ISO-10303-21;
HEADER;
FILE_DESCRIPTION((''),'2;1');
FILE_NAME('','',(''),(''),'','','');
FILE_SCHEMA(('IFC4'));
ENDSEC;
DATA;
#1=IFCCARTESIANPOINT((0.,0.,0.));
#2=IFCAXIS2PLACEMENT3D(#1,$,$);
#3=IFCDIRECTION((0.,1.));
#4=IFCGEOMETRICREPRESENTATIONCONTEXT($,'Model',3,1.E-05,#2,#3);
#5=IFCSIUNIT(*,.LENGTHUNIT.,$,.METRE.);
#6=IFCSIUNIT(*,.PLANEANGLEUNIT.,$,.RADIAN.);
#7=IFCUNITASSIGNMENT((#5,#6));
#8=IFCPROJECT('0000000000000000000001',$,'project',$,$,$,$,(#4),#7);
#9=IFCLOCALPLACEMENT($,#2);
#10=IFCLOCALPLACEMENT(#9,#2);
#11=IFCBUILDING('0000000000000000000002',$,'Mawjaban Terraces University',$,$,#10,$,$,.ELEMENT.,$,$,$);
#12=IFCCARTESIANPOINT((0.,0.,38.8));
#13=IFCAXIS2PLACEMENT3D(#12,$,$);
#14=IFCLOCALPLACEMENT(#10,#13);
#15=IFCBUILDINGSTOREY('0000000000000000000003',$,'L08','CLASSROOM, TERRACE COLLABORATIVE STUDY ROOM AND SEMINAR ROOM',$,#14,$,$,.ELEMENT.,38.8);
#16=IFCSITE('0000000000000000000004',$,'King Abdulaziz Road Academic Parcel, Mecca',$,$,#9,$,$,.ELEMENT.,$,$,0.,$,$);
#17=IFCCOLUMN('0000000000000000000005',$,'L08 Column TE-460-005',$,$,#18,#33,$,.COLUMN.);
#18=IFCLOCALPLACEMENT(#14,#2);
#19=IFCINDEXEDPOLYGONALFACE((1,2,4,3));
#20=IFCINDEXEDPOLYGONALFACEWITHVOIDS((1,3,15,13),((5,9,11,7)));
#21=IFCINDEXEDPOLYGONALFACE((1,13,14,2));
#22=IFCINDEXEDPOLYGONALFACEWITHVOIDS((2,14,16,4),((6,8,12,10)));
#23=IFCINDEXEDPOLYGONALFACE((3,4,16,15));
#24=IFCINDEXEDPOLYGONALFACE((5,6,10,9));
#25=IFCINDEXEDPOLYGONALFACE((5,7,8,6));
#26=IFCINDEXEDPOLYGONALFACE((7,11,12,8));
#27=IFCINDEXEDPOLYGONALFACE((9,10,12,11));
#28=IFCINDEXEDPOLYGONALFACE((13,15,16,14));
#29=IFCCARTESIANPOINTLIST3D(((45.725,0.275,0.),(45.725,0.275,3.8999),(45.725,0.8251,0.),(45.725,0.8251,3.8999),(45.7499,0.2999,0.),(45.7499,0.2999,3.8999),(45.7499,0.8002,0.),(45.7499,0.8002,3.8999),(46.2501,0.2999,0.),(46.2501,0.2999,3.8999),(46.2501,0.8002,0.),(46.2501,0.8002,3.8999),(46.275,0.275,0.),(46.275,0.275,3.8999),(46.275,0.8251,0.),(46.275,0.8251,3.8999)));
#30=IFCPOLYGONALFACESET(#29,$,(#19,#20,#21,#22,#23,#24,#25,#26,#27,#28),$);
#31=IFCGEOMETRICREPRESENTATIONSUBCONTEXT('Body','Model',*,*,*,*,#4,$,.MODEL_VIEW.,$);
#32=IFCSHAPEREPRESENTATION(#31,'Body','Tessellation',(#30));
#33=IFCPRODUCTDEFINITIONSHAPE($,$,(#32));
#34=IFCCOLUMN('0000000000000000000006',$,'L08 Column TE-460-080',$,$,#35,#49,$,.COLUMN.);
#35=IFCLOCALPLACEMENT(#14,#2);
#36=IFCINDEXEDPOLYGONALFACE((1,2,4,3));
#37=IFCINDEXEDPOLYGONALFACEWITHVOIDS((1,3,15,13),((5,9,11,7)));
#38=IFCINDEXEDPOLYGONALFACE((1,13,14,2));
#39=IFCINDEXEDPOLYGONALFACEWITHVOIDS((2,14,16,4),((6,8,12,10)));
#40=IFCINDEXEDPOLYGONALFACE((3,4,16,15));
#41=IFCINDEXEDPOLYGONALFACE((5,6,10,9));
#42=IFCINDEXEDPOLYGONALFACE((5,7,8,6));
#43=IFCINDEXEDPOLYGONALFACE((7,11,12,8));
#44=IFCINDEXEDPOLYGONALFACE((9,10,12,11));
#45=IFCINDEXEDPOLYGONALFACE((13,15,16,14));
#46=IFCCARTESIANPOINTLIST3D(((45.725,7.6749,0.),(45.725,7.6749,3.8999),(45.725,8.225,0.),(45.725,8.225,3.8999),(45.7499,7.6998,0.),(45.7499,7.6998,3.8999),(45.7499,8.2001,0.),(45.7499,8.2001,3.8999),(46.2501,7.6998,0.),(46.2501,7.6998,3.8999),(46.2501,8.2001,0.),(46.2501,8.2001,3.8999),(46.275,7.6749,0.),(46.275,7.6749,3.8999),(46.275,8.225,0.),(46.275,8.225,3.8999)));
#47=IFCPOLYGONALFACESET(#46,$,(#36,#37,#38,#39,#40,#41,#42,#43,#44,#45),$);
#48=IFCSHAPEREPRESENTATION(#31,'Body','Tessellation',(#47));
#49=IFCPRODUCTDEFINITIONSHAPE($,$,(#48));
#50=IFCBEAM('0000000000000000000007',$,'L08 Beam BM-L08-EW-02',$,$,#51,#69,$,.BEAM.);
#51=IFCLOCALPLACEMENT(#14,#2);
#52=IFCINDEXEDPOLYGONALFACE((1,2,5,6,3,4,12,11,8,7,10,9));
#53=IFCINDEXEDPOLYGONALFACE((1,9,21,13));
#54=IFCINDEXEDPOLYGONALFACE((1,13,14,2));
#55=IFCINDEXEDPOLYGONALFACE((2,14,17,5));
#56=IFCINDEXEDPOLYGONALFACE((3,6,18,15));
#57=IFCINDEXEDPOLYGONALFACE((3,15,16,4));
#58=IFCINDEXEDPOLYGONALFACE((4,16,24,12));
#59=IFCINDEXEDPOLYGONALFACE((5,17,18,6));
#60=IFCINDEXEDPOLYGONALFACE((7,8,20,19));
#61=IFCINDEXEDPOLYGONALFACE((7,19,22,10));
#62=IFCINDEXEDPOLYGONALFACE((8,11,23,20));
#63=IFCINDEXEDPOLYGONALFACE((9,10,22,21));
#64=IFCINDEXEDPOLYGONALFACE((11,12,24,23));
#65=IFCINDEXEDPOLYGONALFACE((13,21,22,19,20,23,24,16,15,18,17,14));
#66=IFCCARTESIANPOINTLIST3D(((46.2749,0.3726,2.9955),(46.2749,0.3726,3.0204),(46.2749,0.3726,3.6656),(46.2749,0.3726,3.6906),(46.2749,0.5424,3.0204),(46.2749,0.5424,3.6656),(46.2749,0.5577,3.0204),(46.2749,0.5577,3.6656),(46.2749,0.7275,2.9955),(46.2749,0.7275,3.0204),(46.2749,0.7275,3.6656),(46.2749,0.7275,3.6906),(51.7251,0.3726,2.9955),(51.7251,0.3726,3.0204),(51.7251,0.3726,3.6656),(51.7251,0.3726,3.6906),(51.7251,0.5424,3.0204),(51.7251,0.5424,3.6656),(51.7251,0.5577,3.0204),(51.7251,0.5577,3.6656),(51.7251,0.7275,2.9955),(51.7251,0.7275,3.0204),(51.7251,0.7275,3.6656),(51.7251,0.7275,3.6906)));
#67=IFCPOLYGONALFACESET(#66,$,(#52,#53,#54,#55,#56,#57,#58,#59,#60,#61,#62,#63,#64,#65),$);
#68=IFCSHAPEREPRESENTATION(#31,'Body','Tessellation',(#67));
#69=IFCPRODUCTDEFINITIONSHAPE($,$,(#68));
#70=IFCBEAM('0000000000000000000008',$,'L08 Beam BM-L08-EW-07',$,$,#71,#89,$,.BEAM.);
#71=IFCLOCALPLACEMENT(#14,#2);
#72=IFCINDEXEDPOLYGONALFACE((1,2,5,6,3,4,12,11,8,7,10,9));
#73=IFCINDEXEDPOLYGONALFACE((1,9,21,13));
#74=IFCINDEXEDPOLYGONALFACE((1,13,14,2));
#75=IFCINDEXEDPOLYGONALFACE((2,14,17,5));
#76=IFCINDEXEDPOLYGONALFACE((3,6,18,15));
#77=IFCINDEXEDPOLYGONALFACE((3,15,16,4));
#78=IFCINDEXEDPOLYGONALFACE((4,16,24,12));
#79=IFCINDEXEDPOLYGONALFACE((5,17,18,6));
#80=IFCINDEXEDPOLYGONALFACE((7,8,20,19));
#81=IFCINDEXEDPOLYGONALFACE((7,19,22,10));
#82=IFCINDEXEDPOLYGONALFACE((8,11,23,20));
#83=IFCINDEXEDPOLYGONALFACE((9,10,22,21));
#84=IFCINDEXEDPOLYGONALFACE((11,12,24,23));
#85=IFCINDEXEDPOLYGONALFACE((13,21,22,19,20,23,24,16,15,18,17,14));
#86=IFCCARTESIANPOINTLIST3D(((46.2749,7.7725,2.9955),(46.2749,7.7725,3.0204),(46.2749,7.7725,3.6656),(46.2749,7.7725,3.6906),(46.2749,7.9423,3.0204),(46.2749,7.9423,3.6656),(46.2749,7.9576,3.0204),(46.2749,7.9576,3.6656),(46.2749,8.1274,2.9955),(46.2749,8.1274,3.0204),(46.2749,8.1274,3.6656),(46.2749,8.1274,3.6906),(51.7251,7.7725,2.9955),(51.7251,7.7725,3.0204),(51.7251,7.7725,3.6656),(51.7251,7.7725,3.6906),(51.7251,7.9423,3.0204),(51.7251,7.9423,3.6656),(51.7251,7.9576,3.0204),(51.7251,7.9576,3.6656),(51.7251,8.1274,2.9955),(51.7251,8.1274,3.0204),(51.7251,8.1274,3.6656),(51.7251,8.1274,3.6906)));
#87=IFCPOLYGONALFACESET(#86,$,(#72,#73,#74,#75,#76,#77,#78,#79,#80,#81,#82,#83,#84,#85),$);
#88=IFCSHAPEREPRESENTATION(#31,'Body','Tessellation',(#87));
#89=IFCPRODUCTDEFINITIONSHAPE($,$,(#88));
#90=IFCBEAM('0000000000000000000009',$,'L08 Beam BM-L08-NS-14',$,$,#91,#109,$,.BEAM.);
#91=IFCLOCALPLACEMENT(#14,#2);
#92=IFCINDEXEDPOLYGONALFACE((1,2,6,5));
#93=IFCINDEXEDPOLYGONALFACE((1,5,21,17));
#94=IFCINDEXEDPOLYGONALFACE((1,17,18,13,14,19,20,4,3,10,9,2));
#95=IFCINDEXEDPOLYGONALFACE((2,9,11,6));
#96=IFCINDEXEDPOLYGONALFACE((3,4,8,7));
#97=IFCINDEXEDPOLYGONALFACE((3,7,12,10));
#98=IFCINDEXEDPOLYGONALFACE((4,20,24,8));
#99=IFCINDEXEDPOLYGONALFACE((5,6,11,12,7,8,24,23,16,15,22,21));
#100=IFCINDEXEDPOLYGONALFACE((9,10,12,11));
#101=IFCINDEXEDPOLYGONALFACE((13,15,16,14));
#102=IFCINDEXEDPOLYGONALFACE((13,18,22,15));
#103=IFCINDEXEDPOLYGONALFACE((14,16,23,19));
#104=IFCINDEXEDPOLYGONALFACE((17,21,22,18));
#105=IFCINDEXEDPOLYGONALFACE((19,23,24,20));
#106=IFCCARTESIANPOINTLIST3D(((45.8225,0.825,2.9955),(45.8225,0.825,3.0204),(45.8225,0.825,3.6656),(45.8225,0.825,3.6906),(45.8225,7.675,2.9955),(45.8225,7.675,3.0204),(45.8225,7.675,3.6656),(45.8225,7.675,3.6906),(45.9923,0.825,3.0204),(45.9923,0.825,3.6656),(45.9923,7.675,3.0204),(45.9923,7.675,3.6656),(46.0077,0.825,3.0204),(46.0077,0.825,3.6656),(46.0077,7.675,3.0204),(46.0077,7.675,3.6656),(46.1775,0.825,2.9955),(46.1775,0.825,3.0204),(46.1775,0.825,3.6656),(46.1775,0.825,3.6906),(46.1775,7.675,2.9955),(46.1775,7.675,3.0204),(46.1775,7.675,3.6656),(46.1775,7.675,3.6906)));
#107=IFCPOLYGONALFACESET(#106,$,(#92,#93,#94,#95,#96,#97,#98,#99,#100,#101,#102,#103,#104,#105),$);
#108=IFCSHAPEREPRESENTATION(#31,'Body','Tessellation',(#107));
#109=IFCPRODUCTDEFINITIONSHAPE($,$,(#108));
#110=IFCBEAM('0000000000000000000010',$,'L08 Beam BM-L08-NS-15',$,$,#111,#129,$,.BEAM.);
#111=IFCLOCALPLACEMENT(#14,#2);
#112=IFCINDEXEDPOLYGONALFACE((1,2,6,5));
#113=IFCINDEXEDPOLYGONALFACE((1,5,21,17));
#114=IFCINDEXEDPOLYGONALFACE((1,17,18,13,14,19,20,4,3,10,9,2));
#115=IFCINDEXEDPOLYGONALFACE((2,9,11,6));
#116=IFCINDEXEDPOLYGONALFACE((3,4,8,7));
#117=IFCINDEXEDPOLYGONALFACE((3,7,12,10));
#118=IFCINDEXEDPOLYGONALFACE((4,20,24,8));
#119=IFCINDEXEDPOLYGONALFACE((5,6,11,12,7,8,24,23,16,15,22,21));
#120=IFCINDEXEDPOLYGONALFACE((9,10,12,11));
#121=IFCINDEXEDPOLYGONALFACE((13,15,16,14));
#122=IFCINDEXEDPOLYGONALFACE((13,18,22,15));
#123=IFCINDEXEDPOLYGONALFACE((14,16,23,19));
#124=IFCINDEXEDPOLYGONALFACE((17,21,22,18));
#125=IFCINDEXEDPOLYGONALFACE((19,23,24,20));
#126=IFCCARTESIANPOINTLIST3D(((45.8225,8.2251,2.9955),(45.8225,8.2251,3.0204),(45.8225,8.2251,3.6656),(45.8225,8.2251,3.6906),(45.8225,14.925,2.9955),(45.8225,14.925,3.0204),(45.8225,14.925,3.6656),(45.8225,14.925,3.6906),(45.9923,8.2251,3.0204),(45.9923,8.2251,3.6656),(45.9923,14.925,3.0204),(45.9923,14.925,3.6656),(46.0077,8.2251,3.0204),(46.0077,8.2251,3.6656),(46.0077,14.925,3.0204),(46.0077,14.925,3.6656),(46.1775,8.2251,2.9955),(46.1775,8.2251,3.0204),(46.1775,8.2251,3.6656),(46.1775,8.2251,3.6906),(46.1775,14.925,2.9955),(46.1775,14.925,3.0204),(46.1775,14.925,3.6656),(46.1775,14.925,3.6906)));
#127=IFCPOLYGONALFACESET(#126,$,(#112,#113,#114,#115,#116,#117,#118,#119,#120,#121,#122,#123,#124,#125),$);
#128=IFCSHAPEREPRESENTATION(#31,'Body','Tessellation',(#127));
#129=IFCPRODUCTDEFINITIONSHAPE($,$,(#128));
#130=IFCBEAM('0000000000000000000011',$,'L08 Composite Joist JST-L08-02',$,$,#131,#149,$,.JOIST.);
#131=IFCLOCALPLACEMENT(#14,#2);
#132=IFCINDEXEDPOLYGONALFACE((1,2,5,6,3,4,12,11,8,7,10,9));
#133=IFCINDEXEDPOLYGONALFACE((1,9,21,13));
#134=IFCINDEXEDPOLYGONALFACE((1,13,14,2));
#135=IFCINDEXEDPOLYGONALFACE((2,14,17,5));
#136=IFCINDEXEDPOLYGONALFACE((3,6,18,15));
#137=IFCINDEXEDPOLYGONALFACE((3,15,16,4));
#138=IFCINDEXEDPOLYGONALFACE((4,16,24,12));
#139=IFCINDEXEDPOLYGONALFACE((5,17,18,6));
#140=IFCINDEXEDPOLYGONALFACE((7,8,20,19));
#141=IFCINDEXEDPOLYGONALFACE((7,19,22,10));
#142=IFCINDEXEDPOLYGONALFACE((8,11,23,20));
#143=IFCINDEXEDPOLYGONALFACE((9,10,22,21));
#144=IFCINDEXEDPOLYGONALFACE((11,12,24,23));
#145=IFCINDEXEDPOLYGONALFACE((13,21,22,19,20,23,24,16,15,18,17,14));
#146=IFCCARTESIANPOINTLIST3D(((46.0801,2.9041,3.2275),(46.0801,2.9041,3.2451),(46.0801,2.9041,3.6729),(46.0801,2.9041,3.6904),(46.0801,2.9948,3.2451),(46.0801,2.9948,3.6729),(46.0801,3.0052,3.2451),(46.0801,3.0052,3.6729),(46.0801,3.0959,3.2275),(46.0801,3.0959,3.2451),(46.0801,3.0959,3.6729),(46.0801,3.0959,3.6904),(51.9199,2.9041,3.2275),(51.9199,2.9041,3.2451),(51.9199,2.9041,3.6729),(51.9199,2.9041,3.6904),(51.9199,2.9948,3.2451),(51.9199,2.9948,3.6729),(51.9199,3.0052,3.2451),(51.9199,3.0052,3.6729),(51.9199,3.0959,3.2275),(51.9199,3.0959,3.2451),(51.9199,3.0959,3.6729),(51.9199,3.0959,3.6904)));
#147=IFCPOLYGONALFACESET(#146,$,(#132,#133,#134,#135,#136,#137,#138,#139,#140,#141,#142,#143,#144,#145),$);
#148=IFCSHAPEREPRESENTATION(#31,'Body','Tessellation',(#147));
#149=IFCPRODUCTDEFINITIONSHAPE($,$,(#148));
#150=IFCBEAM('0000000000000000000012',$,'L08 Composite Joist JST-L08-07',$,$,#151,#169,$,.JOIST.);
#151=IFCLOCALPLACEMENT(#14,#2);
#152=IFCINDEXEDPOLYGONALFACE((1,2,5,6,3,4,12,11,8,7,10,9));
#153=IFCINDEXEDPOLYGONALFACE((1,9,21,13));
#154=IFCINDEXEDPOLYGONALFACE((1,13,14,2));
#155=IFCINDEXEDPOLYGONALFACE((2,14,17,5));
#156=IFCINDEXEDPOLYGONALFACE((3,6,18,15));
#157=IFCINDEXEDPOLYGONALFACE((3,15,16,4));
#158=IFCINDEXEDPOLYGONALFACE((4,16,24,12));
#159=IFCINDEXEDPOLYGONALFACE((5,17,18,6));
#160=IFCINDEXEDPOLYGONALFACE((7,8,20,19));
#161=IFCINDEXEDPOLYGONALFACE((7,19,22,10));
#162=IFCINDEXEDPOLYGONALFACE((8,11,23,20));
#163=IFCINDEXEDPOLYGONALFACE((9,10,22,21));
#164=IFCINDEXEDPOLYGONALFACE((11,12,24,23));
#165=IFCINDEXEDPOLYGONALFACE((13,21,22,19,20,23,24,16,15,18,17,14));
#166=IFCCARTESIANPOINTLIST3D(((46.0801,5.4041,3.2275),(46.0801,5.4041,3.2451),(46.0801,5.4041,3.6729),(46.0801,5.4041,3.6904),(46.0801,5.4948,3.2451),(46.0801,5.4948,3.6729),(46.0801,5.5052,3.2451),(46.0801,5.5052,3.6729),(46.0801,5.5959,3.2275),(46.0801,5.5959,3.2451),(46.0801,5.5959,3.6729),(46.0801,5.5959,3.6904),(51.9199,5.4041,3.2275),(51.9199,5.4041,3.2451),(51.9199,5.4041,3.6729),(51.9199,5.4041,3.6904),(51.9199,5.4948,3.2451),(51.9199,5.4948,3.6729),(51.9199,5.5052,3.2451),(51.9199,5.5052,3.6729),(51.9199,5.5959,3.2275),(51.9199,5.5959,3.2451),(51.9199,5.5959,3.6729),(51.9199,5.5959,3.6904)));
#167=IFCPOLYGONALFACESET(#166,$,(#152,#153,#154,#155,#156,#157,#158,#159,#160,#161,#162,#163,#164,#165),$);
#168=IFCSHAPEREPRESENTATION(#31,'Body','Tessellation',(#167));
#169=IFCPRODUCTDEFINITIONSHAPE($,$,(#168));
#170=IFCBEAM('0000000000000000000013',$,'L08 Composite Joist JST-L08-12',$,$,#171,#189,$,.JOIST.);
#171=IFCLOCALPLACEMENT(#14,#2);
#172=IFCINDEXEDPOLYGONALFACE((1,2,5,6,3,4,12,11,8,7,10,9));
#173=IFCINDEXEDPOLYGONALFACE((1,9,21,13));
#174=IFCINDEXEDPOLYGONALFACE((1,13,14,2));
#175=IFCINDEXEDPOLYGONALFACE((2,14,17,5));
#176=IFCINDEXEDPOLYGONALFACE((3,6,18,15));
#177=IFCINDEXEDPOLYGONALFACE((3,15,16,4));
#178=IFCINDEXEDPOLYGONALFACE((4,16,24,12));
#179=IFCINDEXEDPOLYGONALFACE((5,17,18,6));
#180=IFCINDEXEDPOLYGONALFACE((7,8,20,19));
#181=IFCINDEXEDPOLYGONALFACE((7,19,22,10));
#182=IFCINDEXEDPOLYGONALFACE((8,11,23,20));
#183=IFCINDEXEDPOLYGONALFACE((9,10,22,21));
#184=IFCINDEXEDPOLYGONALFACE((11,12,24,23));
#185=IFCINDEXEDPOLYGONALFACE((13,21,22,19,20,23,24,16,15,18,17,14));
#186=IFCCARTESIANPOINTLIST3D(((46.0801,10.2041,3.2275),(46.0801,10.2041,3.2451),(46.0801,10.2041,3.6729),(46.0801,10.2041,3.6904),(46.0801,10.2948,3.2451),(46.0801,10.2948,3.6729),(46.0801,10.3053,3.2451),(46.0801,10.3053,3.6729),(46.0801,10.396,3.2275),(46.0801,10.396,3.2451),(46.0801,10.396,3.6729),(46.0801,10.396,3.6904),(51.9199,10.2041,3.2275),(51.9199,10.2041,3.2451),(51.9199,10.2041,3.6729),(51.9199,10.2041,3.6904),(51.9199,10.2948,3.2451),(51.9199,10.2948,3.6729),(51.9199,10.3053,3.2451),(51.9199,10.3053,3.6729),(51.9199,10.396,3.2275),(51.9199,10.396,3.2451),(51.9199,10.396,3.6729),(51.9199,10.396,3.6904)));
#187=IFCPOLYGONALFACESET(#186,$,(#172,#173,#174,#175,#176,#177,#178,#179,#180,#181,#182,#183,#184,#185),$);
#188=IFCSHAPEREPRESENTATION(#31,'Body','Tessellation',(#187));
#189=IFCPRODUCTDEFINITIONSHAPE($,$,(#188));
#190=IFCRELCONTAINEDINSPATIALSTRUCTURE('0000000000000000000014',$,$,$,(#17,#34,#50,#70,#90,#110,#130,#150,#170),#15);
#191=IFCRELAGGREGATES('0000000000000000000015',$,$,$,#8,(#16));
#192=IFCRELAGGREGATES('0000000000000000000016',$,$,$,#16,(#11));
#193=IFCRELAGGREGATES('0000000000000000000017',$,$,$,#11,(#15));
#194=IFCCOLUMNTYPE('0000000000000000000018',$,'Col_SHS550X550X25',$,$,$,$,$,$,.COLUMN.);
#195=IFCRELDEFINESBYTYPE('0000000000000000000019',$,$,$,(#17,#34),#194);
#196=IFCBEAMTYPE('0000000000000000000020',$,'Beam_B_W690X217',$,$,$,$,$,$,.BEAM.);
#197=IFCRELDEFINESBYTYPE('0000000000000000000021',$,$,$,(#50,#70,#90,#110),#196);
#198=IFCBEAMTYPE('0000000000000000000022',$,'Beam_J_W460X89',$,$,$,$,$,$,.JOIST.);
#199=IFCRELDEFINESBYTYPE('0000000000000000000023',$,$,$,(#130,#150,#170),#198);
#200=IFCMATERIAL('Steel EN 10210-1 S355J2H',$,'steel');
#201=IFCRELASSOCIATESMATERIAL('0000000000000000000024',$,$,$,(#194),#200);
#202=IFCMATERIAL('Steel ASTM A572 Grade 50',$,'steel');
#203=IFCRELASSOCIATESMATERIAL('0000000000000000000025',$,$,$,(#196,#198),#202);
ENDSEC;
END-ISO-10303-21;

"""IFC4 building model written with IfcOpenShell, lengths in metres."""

from ifc_helpers import new_model, si_unit, direction, frame, origin, origin_2d, place, context, subcontext, project, spatial, hollow_rectangle, i_section, extrude, material, material_profile, profile_set, type_object, element, save


model = new_model("IFC4")

# Units and contexts
model_context = context("Model", 3, precision=1e-05, world=origin(), true_north=direction((0.0, 1.0)))
body_context = subcontext(model_context, "Body", "Model", "MODEL_VIEW")
ifc_project = project(units=[si_unit("LENGTHUNIT", "METRE"), si_unit("PLANEANGLEUNIT", "RADIAN")], contexts=[model_context])

# Site, building, storey
site_placement = place(None, origin())
site = spatial("IfcSite", under=ifc_project, at=site_placement, Name="King Abdulaziz Road Academic Parcel, Mecca", CompositionType="ELEMENT", RefElevation=0.0)
building_placement = place(site_placement, origin())
building = spatial("IfcBuilding", under=site, at=building_placement, Name="Mawjaban Terraces University", CompositionType="ELEMENT")
storey_placement = place(building_placement, frame((0.0, 0.0, 38.8)))
storey = spatial("IfcBuildingStorey", under=building, at=storey_placement, Name="L08", Description="CLASSROOM, TERRACE COLLABORATIVE STUDY ROOM AND SEMINAR ROOM", CompositionType="ELEMENT", Elevation=38.8)

# Columns
ifc_material_1 = material(Name="Steel EN 10210-1 S355J2H", Category="steel")
ifc_material_profile_1 = material_profile(ifc_material_1, hollow_rectangle(XDim=0.55, YDim=0.55, WallThickness=0.0249, at=origin_2d()), Name="SHS550X550X25")
ifc_profile_set_1 = profile_set([ifc_material_profile_1], Name="Steel EN 10210-1 S355J2H")
column_type = type_object("IfcColumnType", Name="Col_SHS550X550X25", PredefinedType="COLUMN", material=ifc_profile_set_1)
for number, where, z_axis, x_axis, name in (
    (1, (46.0, 0.55, 0.0), (0.0, 0.0, 1.0), (1.0, 0.0, 0.0), "L08 Column TE-460-005"),
    (2, (46.0, 7.95, 0.0), (0.0, 0.0, 1.0), (1.0, 0.0, 0.0), "L08 Column TE-460-080"),
):
    element("IfcColumn", number, at=place(storey_placement, frame(where, z_axis=z_axis, x_axis=x_axis)), inside=storey, type_object=column_type, Name=name, PredefinedType="COLUMN", context=body_context, shape_type="SweptSolid", body=[
        extrude(hollow_rectangle(XDim=0.55, YDim=0.55, WallThickness=0.0249, at=origin_2d()), origin(), (0.0, 0.0, 1.0), 3.8999),
    ])

# Beams
ifc_material_2 = material(Name="Steel ASTM A572 Grade 50", Category="steel")
ifc_material_profile_2 = material_profile(ifc_material_2, i_section(OverallWidth=0.355, OverallDepth=0.6951, WebThickness=0.0154, FlangeThickness=0.0249, at=origin_2d()), Name="W690X217")
ifc_profile_set_2 = profile_set([ifc_material_profile_2], Name="Steel ASTM A572 Grade 50")
beam_type_1 = type_object("IfcBeamType", Name="Beam_B_W690X217", PredefinedType="BEAM", material=ifc_profile_set_2)
for number, where, z_axis, x_axis, name in (
    (3, (46.2749, 0.55, 3.343), (1.0, 0.0, 0.0), (0.0, 1.0, 0.0), "L08 Beam BM-L08-EW-02"),
    (4, (46.2749, 7.95, 3.343), (1.0, 0.0, 0.0), (0.0, 1.0, 0.0), "L08 Beam BM-L08-EW-07"),
):
    element("IfcBeam", number, at=place(storey_placement, frame(where, z_axis=z_axis, x_axis=x_axis)), inside=storey, type_object=beam_type_1, Name=name, PredefinedType="BEAM", context=body_context, shape_type="SweptSolid", body=[
        extrude(i_section(OverallWidth=0.355, OverallDepth=0.6951, WebThickness=0.0154, FlangeThickness=0.0249, at=origin_2d()), origin(), (0.0, 0.0, 1.0), 5.4502),
    ])
beam_1_placement = place(storey_placement, frame((46.0, 0.825, 3.343), z_axis=(0.0, 1.0, 0.0), x_axis=(-1.0, 0.0, 0.0)))
element("IfcBeam", 5, at=beam_1_placement, inside=storey, type_object=beam_type_1, Name="L08 Beam BM-L08-NS-14", PredefinedType="BEAM", context=body_context, shape_type="SweptSolid", body=[
    extrude(i_section(OverallWidth=0.355, OverallDepth=0.6951, WebThickness=0.0154, FlangeThickness=0.0249, at=origin_2d()), origin(), (0.0, 0.0, 1.0), 6.8501),
])
beam_2_placement = place(storey_placement, frame((46.0, 8.2251, 3.343), z_axis=(0.0, 1.0, 0.0), x_axis=(-1.0, 0.0, 0.0)))
element("IfcBeam", 6, at=beam_2_placement, inside=storey, type_object=beam_type_1, Name="L08 Beam BM-L08-NS-15", PredefinedType="BEAM", context=body_context, shape_type="SweptSolid", body=[
    extrude(i_section(OverallWidth=0.355, OverallDepth=0.6951, WebThickness=0.0154, FlangeThickness=0.0249, at=origin_2d()), origin(), (0.0, 0.0, 1.0), 6.7),
])
ifc_material_profile_3 = material_profile(ifc_material_2, i_section(OverallWidth=0.1919, OverallDepth=0.4629, WebThickness=0.0105, FlangeThickness=0.0176, at=origin_2d()), Name="W460X89")
ifc_profile_set_3 = profile_set([ifc_material_profile_3], Name="Steel ASTM A572 Grade 50")
beam_type_2 = type_object("IfcBeamType", Name="Beam_J_W460X89", PredefinedType="JOIST", material=ifc_profile_set_3)
for number, where, z_axis, x_axis, name in (
    (7, (46.0801, 3.0, 3.459), (1.0, 0.0, 0.0), (0.0, 1.0, 0.0), "L08 Composite Joist JST-L08-02"),
    (8, (46.0801, 5.5, 3.459), (1.0, 0.0, 0.0), (0.0, 1.0, 0.0), "L08 Composite Joist JST-L08-07"),
    (9, (46.0801, 10.3, 3.459), (1.0, 0.0, 0.0), (0.0, 1.0, 0.0), "L08 Composite Joist JST-L08-12"),
):
    element("IfcBeam", number, at=place(storey_placement, frame(where, z_axis=z_axis, x_axis=x_axis)), inside=storey, type_object=beam_type_2, Name=name, PredefinedType="JOIST", context=body_context, shape_type="SweptSolid", body=[
        extrude(i_section(OverallWidth=0.1919, OverallDepth=0.4629, WebThickness=0.0105, FlangeThickness=0.0176, at=origin_2d()), origin(), (0.0, 0.0, 1.0), 5.8398),
    ])

save(model, "model.ifc")
